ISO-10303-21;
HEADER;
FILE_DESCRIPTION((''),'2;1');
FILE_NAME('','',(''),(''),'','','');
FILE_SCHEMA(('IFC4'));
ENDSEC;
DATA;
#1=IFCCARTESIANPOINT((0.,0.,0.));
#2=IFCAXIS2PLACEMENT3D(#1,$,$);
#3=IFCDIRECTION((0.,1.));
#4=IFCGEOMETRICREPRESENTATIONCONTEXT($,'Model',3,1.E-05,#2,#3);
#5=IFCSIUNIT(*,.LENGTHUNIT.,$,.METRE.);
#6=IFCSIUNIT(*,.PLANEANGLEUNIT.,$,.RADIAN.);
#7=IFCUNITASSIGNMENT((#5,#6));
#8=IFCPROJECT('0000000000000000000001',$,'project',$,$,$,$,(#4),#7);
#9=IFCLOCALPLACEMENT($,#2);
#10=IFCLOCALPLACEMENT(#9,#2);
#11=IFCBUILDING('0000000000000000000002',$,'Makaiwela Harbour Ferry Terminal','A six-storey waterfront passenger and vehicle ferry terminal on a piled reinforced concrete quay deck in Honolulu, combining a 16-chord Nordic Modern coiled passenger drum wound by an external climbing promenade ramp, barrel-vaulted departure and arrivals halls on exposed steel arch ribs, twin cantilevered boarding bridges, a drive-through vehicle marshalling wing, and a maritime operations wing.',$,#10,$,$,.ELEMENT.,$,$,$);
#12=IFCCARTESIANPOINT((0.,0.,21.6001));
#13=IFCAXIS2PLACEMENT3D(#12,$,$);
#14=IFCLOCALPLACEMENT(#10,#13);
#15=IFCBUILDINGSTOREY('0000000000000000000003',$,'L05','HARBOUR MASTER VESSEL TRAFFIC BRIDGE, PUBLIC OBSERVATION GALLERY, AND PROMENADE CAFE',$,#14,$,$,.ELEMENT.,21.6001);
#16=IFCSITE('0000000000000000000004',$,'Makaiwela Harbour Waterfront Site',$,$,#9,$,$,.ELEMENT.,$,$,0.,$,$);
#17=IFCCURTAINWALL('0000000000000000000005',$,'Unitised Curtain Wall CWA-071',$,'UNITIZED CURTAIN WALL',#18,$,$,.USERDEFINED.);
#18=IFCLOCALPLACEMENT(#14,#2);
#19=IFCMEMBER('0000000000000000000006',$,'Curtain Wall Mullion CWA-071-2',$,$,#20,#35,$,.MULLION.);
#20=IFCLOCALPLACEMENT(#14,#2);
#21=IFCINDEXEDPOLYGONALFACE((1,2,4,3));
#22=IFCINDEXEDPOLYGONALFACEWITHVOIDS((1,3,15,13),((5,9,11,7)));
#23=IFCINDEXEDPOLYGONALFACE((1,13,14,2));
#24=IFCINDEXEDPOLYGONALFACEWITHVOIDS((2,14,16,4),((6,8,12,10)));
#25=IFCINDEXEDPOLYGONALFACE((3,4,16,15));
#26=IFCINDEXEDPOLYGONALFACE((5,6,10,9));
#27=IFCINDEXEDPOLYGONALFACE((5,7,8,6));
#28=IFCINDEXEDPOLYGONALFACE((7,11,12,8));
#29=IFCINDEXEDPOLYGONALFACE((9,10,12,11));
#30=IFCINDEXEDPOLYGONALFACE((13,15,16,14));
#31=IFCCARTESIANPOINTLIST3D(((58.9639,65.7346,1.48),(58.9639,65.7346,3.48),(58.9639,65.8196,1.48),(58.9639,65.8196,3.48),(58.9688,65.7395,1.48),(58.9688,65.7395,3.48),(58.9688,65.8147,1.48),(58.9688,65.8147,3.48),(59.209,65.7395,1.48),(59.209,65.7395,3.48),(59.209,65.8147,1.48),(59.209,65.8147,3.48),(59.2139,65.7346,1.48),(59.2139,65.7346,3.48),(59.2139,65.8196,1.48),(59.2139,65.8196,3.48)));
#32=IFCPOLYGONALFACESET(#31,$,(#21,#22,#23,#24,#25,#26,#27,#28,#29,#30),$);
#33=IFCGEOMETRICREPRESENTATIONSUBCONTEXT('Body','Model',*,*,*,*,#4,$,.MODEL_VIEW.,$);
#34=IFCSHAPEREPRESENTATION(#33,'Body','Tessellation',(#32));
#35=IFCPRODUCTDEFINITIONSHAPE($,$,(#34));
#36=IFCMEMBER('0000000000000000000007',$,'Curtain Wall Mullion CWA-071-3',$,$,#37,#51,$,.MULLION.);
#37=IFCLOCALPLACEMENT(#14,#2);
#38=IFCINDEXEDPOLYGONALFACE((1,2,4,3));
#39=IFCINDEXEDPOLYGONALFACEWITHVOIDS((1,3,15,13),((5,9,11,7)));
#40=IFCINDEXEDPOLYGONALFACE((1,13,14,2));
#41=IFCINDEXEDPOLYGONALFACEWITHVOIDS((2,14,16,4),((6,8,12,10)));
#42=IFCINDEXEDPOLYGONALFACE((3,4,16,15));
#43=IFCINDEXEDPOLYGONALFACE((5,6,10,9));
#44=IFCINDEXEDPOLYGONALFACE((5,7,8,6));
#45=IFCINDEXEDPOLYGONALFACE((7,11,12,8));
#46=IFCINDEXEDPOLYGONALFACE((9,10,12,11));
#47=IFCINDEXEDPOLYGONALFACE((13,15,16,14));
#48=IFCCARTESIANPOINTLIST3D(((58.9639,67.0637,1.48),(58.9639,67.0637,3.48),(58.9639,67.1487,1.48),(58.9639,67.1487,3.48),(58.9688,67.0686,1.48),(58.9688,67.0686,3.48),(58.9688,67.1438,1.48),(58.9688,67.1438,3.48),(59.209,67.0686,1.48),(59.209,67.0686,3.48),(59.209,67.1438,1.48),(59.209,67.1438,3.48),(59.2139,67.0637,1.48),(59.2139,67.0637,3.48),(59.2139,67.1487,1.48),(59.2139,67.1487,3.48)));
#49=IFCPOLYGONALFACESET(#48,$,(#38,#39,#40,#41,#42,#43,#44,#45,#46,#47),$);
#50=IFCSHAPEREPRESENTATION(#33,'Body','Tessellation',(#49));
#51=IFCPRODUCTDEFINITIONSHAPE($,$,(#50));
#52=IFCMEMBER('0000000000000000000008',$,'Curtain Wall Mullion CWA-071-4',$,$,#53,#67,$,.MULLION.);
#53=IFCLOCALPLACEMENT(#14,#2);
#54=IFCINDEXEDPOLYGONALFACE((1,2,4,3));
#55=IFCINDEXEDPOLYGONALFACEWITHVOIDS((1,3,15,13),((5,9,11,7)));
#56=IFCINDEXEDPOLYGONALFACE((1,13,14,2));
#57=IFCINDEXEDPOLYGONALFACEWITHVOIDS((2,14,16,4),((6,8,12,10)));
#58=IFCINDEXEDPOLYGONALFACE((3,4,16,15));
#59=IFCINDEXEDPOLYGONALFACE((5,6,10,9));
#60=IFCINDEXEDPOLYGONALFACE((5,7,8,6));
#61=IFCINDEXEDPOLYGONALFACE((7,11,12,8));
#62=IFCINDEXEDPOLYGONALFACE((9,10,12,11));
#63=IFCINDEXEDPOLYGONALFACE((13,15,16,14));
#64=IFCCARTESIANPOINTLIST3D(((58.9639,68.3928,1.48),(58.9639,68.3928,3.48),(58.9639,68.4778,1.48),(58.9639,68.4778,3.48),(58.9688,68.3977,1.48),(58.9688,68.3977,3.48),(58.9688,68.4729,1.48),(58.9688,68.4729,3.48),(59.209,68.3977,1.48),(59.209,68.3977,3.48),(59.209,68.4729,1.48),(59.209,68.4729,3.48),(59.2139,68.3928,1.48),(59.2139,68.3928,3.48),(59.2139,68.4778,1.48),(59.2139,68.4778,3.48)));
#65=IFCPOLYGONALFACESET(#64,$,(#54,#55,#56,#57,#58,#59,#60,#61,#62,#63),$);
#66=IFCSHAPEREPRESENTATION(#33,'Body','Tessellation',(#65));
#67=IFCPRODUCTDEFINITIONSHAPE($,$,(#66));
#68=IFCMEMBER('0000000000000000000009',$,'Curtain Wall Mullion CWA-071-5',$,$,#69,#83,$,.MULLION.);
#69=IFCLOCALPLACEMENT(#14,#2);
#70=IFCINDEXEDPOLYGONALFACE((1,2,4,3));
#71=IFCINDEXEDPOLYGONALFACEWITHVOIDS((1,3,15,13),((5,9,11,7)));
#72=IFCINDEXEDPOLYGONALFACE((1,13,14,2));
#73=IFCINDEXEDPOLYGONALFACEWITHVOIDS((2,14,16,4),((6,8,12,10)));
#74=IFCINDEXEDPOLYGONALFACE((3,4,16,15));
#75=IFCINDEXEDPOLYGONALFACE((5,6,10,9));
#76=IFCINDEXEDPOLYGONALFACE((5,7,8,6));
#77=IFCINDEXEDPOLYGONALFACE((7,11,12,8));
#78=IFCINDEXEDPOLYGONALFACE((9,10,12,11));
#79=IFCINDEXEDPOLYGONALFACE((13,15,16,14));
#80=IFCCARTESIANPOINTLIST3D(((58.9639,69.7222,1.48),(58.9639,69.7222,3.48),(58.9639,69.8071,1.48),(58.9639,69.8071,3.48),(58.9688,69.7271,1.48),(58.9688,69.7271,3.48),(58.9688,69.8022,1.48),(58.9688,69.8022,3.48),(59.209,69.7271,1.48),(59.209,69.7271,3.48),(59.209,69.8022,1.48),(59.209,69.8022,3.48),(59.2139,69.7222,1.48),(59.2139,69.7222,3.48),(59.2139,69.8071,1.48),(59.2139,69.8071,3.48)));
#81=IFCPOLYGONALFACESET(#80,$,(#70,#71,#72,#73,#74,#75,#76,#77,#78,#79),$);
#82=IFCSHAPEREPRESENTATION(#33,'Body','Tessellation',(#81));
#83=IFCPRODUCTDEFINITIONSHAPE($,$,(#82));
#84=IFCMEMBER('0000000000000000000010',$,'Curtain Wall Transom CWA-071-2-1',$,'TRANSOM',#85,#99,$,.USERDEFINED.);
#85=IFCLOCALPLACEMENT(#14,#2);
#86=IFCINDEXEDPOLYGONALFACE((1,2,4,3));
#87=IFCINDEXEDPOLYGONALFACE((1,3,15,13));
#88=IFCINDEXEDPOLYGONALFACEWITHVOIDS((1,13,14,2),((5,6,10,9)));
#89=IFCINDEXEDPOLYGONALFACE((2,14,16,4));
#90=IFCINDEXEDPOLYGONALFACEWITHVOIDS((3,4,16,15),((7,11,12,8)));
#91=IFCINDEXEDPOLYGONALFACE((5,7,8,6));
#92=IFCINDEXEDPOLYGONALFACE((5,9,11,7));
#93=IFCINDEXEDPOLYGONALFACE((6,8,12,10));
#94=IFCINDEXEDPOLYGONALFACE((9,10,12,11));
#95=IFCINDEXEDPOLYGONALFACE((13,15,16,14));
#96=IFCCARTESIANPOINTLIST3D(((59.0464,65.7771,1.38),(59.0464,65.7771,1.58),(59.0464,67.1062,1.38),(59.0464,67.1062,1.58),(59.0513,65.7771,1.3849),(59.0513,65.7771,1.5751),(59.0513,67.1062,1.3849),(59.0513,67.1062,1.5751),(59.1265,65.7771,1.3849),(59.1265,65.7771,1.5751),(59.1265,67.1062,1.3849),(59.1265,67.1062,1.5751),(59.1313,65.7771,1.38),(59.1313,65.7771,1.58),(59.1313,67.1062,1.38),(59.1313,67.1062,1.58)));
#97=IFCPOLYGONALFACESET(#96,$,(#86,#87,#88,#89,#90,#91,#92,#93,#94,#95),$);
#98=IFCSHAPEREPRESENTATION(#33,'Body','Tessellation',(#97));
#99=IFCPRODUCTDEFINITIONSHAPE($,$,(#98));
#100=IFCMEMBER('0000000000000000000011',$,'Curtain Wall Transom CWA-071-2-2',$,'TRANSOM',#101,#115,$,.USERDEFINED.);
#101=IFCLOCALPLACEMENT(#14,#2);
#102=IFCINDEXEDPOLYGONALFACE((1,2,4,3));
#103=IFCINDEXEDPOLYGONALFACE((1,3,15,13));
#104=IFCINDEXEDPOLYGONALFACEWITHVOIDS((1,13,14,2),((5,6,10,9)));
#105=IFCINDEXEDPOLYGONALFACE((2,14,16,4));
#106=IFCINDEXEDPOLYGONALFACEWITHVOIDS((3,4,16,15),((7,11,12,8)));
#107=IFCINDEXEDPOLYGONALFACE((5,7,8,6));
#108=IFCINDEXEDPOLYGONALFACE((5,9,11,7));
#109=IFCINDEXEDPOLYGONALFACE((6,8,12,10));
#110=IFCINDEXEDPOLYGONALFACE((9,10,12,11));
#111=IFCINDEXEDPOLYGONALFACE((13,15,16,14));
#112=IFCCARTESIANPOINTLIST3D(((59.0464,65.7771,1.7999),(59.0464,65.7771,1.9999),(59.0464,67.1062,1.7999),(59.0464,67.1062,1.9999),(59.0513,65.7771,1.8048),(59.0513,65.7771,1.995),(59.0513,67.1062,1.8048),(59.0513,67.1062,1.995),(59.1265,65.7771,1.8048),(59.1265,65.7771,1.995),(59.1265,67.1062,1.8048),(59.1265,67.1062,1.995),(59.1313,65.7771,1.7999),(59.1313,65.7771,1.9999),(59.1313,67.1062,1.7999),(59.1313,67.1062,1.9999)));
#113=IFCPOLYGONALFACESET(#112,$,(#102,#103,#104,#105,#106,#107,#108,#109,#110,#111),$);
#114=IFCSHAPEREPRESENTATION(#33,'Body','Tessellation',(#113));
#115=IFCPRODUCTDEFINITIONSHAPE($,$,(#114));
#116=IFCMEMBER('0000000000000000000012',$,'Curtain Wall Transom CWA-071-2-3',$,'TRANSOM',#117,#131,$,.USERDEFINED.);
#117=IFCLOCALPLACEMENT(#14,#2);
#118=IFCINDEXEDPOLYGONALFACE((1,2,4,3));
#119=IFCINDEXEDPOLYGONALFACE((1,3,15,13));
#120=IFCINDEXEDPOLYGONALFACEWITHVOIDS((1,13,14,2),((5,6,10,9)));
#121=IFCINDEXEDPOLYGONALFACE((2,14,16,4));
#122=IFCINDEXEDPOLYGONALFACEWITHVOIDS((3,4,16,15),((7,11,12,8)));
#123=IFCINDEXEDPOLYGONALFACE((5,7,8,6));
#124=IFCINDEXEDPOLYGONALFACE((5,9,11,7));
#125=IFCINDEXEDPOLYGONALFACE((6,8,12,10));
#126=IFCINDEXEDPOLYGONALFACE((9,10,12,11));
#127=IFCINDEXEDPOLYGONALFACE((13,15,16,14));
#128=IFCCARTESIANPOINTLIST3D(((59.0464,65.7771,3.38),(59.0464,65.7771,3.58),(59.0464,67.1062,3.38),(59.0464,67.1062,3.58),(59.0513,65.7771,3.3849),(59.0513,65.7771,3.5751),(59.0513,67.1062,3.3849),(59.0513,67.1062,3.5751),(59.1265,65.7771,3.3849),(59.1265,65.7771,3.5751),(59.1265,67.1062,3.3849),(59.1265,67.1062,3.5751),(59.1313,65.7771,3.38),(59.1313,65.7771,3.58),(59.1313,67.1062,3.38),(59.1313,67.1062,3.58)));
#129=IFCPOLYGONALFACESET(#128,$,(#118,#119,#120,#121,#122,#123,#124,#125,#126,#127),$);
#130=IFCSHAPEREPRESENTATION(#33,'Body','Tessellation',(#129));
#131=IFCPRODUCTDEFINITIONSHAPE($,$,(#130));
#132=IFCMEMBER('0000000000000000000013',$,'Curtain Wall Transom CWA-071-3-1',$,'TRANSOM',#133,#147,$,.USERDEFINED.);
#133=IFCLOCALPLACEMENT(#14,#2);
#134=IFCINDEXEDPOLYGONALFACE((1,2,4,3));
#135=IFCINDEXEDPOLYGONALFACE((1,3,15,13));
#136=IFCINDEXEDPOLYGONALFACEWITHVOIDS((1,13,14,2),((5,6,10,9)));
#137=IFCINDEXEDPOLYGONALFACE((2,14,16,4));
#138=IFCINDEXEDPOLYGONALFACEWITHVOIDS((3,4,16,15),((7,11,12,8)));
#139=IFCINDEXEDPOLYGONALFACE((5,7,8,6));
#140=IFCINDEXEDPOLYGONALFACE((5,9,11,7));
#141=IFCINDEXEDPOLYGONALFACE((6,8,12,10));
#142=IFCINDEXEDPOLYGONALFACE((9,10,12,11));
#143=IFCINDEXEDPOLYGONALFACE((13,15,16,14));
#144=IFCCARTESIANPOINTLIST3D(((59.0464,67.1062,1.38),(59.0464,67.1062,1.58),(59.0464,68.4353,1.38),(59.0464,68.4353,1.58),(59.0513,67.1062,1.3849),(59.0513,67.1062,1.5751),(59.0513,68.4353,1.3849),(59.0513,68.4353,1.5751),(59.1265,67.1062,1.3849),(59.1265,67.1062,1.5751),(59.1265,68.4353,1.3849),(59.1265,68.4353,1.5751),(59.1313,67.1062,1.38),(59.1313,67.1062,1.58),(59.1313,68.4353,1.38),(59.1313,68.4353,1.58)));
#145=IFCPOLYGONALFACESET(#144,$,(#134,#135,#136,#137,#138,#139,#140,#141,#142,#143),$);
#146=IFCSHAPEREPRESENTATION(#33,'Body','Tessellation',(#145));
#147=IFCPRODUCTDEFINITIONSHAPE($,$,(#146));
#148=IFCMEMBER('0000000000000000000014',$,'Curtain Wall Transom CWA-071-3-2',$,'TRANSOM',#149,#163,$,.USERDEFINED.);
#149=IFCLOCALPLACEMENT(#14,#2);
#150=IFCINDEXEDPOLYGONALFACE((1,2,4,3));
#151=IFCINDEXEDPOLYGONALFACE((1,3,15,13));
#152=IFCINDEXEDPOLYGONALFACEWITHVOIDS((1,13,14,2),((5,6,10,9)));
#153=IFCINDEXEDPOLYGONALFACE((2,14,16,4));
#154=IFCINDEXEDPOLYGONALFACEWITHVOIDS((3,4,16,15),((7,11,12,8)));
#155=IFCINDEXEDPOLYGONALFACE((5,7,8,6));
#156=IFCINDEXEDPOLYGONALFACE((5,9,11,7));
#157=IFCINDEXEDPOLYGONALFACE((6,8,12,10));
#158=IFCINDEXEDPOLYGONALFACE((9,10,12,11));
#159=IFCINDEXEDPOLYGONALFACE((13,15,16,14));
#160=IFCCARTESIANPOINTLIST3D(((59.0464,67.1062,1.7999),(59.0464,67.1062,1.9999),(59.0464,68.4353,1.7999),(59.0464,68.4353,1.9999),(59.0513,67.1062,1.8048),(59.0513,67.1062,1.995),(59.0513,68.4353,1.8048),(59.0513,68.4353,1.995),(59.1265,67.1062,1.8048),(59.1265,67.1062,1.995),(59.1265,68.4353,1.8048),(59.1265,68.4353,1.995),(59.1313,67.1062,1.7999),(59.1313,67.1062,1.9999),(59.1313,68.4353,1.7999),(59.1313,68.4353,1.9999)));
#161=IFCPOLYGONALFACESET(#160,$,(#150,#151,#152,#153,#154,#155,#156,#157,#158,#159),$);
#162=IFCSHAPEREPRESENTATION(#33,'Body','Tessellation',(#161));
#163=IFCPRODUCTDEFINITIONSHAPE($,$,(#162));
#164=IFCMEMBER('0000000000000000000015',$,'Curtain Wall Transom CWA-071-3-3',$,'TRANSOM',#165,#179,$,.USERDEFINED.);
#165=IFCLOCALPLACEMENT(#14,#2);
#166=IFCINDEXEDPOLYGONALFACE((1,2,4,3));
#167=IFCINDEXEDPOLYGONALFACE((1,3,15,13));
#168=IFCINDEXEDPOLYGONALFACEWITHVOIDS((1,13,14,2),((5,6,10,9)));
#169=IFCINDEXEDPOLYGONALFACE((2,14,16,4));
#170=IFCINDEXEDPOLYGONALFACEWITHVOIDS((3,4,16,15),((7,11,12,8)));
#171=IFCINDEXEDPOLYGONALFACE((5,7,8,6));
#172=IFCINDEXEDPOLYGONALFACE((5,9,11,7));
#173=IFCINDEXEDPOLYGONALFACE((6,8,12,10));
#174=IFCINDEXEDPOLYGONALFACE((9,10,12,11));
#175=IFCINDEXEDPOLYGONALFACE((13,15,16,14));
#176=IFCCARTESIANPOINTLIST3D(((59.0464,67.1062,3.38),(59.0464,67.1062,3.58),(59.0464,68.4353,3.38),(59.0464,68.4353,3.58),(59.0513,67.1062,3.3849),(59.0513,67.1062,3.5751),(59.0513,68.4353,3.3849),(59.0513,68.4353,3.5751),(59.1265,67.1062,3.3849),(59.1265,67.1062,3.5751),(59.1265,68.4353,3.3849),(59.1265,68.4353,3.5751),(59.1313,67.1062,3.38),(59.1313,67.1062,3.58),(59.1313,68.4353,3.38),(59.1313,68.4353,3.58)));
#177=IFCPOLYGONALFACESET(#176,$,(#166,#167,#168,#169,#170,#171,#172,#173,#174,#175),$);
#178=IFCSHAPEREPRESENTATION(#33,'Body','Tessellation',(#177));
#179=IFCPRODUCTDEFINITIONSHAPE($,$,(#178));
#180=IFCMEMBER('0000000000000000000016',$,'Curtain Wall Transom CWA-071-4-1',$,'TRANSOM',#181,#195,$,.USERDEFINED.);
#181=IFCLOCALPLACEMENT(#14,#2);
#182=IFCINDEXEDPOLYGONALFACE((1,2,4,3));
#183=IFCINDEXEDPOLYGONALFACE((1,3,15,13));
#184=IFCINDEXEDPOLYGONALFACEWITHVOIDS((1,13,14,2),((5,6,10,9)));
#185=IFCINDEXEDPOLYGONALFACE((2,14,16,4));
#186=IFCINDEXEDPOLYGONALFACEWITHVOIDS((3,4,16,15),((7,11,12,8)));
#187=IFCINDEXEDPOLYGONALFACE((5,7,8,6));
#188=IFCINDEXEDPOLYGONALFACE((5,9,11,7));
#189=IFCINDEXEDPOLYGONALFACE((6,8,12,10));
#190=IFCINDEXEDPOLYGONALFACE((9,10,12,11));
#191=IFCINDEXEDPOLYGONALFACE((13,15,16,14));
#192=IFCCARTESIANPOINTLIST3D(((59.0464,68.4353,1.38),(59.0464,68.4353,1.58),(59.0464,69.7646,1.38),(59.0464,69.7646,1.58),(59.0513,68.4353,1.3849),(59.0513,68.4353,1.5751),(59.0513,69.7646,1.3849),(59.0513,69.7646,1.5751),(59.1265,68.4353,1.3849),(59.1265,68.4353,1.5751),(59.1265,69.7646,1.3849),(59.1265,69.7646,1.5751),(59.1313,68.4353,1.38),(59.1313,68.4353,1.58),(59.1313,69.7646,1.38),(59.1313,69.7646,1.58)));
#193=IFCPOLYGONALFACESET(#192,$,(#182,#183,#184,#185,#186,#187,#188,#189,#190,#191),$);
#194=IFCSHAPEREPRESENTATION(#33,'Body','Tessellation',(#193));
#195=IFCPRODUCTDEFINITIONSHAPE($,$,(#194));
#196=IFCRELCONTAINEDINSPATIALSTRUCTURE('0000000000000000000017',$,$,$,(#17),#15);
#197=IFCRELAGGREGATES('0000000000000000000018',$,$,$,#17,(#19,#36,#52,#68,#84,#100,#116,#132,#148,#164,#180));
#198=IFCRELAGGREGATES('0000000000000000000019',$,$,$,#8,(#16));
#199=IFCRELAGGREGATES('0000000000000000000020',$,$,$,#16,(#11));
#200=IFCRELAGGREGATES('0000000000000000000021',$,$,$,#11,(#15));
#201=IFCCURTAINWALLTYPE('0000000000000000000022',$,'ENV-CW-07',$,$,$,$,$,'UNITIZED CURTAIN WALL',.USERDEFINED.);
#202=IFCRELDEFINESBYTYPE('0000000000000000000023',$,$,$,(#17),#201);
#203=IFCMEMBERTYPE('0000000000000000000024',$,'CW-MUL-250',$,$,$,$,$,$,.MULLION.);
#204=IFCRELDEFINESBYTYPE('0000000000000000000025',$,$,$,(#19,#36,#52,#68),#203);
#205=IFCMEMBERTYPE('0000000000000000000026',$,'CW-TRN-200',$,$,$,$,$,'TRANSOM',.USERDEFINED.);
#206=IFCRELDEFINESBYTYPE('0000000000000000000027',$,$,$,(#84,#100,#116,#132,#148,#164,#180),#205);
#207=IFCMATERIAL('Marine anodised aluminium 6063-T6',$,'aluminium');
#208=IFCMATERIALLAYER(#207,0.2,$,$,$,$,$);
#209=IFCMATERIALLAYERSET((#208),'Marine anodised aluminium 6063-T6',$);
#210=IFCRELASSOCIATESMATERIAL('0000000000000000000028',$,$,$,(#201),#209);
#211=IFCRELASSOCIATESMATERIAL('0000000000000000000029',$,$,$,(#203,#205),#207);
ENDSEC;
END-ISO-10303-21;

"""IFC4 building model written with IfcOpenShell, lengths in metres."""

from ifc_helpers import new_model, si_unit, direction, frame, origin, origin_2d, place, context, subcontext, project, spatial, hollow_rectangle, extrude, material, layer, layer_set, material_profile, profile_set, type_object, element, aggregate, save


model = new_model("IFC4")

# Units and contexts
model_context = context("Model", 3, precision=1e-05, world=origin(), true_north=direction((0.0, 1.0)))
body_context = subcontext(model_context, "Body", "Model", "MODEL_VIEW")
ifc_project = project(units=[si_unit("LENGTHUNIT", "METRE"), si_unit("PLANEANGLEUNIT", "RADIAN")], contexts=[model_context])

# Site, building, storey
site_placement = place(None, origin())
site = spatial("IfcSite", under=ifc_project, at=site_placement, Name="Makaiwela Harbour Waterfront Site", CompositionType="ELEMENT", RefElevation=0.0)
building_placement = place(site_placement, origin())
building = spatial("IfcBuilding", under=site, at=building_placement, Name="Makaiwela Harbour Ferry Terminal", Description="A six-storey waterfront passenger and vehicle ferry terminal on a piled reinforced concrete quay deck in Honolulu, combining a 16-chord Nordic Modern coiled passenger drum wound by an external climbing promenade ramp, barrel-vaulted departure and arrivals halls on exposed steel arch ribs, twin cantilevered boarding bridges, a drive-through vehicle marshalling wing, and a maritime operations wing.", CompositionType="ELEMENT")
storey_placement = place(building_placement, frame((0.0, 0.0, 21.6001)))
storey = spatial("IfcBuildingStorey", under=building, at=storey_placement, Name="L05", Description="HARBOUR MASTER VESSEL TRAFFIC BRIDGE, PUBLIC OBSERVATION GALLERY, AND PROMENADE CAFE", CompositionType="ELEMENT", Elevation=21.6001)

# Curtain wall, members
ifc_material_1 = material(Name="Marine anodised aluminium 6063-T6", Category="aluminium")
ifc_layer_1 = layer(ifc_material_1, 0.2)
ifc_layer_set_1 = layer_set([ifc_layer_1], Name="Marine anodised aluminium 6063-T6")
curtain_wall_type = type_object("IfcCurtainWallType", Name="ENV-CW-07", ElementType="UNITIZED CURTAIN WALL", PredefinedType="USERDEFINED", material=ifc_layer_set_1)
curtain_wall_placement = place(storey_placement, origin())
curtain_wall = element("IfcCurtainWall", 1, at=curtain_wall_placement, inside=storey, type_object=curtain_wall_type, Name="Unitised Curtain Wall CWA-071", ObjectType="UNITIZED CURTAIN WALL", PredefinedType="USERDEFINED")
ifc_material_profile_1 = material_profile(ifc_material_1, hollow_rectangle(XDim=0.085, YDim=0.25, WallThickness=0.0049, at=origin_2d()), Name="CWM-250X85")
ifc_profile_set_1 = profile_set([ifc_material_profile_1], Name="Marine anodised aluminium 6063-T6")
member_type_1 = type_object("IfcMemberType", Name="CW-MUL-250", PredefinedType="MULLION", material=ifc_profile_set_1)
member_1_placement = place(storey_placement, frame((59.0889, 65.7771, 1.48), z_axis=(0.0, 0.0, 1.0), x_axis=(0.0, 1.0, 0.0)))
member_1 = element("IfcMember", 2, at=member_1_placement, type_object=member_type_1, Name="Curtain Wall Mullion CWA-071-2", PredefinedType="MULLION", context=body_context, shape_type="SweptSolid", body=[
    extrude(hollow_rectangle(XDim=0.085, YDim=0.25, WallThickness=0.0049, at=origin_2d()), origin(), (0.0, 0.0, 1.0), 2.0),
])
member_2_placement = place(storey_placement, frame((59.0889, 67.1062, 1.48), z_axis=(0.0, 0.0, 1.0), x_axis=(0.0, 1.0, 0.0)))
member_2 = element("IfcMember", 3, at=member_2_placement, type_object=member_type_1, Name="Curtain Wall Mullion CWA-071-3", PredefinedType="MULLION", context=body_context, shape_type="SweptSolid", body=[
    extrude(hollow_rectangle(XDim=0.085, YDim=0.25, WallThickness=0.0049, at=origin_2d()), origin(), (0.0, 0.0, 1.0), 2.0),
])
member_3_placement = place(storey_placement, frame((59.0889, 68.4353, 1.48), z_axis=(0.0, 0.0, 1.0), x_axis=(0.0, 1.0, 0.0)))
member_3 = element("IfcMember", 4, at=member_3_placement, type_object=member_type_1, Name="Curtain Wall Mullion CWA-071-4", PredefinedType="MULLION", context=body_context, shape_type="SweptSolid", body=[
    extrude(hollow_rectangle(XDim=0.085, YDim=0.25, WallThickness=0.0049, at=origin_2d()), origin(), (0.0, 0.0, 1.0), 2.0),
])
member_4_placement = place(storey_placement, frame((59.0889, 69.7646, 1.48), z_axis=(0.0, 0.0, 1.0), x_axis=(0.0, 1.0, 0.0)))
member_4 = element("IfcMember", 5, at=member_4_placement, type_object=member_type_1, Name="Curtain Wall Mullion CWA-071-5", PredefinedType="MULLION", context=body_context, shape_type="SweptSolid", body=[
    extrude(hollow_rectangle(XDim=0.085, YDim=0.25, WallThickness=0.0049, at=origin_2d()), origin(), (0.0, 0.0, 1.0), 2.0),
])
ifc_material_profile_2 = material_profile(ifc_material_1, hollow_rectangle(XDim=0.085, YDim=0.2, WallThickness=0.0049, at=origin_2d()), Name="CWT-200X85")
ifc_profile_set_2 = profile_set([ifc_material_profile_2], Name="Marine anodised aluminium 6063-T6")
member_type_2 = type_object("IfcMemberType", Name="CW-TRN-200", ElementType="TRANSOM", PredefinedType="USERDEFINED", material=ifc_profile_set_2)
member_5_placement = place(storey_placement, frame((59.0889, 65.7771, 1.48), z_axis=(0.0, 1.0, 0.0), x_axis=(-1.0, 0.0, 0.0)))
member_5 = element("IfcMember", 6, at=member_5_placement, type_object=member_type_2, Name="Curtain Wall Transom CWA-071-2-1", ObjectType="TRANSOM", PredefinedType="USERDEFINED", context=body_context, shape_type="SweptSolid", body=[
    extrude(hollow_rectangle(XDim=0.085, YDim=0.2, WallThickness=0.0049, at=origin_2d()), origin(), (0.0, 0.0, 1.0), 1.3291),
])
member_6_placement = place(storey_placement, frame((59.0889, 65.7771, 1.8999), z_axis=(0.0, 1.0, 0.0), x_axis=(-1.0, 0.0, 0.0)))
member_6 = element("IfcMember", 7, at=member_6_placement, type_object=member_type_2, Name="Curtain Wall Transom CWA-071-2-2", ObjectType="TRANSOM", PredefinedType="USERDEFINED", context=body_context, shape_type="SweptSolid", body=[
    extrude(hollow_rectangle(XDim=0.085, YDim=0.2, WallThickness=0.0049, at=origin_2d()), origin(), (0.0, 0.0, 1.0), 1.3291),
])
member_7_placement = place(storey_placement, frame((59.0889, 65.7771, 3.48), z_axis=(0.0, 1.0, 0.0), x_axis=(-1.0, 0.0, 0.0)))
member_7 = element("IfcMember", 8, at=member_7_placement, type_object=member_type_2, Name="Curtain Wall Transom CWA-071-2-3", ObjectType="TRANSOM", PredefinedType="USERDEFINED", context=body_context, shape_type="SweptSolid", body=[
    extrude(hollow_rectangle(XDim=0.085, YDim=0.2, WallThickness=0.0049, at=origin_2d()), origin(), (0.0, 0.0, 1.0), 1.3291),
])
member_8_placement = place(storey_placement, frame((59.0889, 67.1062, 1.48), z_axis=(0.0, 1.0, 0.0), x_axis=(-1.0, 0.0, 0.0)))
member_8 = element("IfcMember", 9, at=member_8_placement, type_object=member_type_2, Name="Curtain Wall Transom CWA-071-3-1", ObjectType="TRANSOM", PredefinedType="USERDEFINED", context=body_context, shape_type="SweptSolid", body=[
    extrude(hollow_rectangle(XDim=0.085, YDim=0.2, WallThickness=0.0049, at=origin_2d()), origin(), (0.0, 0.0, 1.0), 1.3291),
])
member_9_placement = place(storey_placement, frame((59.0889, 67.1062, 1.8999), z_axis=(0.0, 1.0, 0.0), x_axis=(-1.0, 0.0, 0.0)))
member_9 = element("IfcMember", 10, at=member_9_placement, type_object=member_type_2, Name="Curtain Wall Transom CWA-071-3-2", ObjectType="TRANSOM", PredefinedType="USERDEFINED", context=body_context, shape_type="SweptSolid", body=[
    extrude(hollow_rectangle(XDim=0.085, YDim=0.2, WallThickness=0.0049, at=origin_2d()), origin(), (0.0, 0.0, 1.0), 1.3291),
])
member_10_placement = place(storey_placement, frame((59.0889, 67.1062, 3.48), z_axis=(0.0, 1.0, 0.0), x_axis=(-1.0, 0.0, 0.0)))
member_10 = element("IfcMember", 11, at=member_10_placement, type_object=member_type_2, Name="Curtain Wall Transom CWA-071-3-3", ObjectType="TRANSOM", PredefinedType="USERDEFINED", context=body_context, shape_type="SweptSolid", body=[
    extrude(hollow_rectangle(XDim=0.085, YDim=0.2, WallThickness=0.0049, at=origin_2d()), origin(), (0.0, 0.0, 1.0), 1.3291),
])
member_11_placement = place(storey_placement, frame((59.0889, 68.4353, 1.48), z_axis=(0.0, 1.0, 0.0), x_axis=(-1.0, 0.0, 0.0)))
member_11 = element("IfcMember", 12, at=member_11_placement, type_object=member_type_2, Name="Curtain Wall Transom CWA-071-4-1", ObjectType="TRANSOM", PredefinedType="USERDEFINED", context=body_context, shape_type="SweptSolid", body=[
    extrude(hollow_rectangle(XDim=0.085, YDim=0.2, WallThickness=0.0049, at=origin_2d()), origin(), (0.0, 0.0, 1.0), 1.3293),
])
aggregate(curtain_wall, [member_1, member_2, member_3, member_4, member_5, member_6, member_7, member_8, member_9, member_10, member_11])

save(model, "model.ifc")
